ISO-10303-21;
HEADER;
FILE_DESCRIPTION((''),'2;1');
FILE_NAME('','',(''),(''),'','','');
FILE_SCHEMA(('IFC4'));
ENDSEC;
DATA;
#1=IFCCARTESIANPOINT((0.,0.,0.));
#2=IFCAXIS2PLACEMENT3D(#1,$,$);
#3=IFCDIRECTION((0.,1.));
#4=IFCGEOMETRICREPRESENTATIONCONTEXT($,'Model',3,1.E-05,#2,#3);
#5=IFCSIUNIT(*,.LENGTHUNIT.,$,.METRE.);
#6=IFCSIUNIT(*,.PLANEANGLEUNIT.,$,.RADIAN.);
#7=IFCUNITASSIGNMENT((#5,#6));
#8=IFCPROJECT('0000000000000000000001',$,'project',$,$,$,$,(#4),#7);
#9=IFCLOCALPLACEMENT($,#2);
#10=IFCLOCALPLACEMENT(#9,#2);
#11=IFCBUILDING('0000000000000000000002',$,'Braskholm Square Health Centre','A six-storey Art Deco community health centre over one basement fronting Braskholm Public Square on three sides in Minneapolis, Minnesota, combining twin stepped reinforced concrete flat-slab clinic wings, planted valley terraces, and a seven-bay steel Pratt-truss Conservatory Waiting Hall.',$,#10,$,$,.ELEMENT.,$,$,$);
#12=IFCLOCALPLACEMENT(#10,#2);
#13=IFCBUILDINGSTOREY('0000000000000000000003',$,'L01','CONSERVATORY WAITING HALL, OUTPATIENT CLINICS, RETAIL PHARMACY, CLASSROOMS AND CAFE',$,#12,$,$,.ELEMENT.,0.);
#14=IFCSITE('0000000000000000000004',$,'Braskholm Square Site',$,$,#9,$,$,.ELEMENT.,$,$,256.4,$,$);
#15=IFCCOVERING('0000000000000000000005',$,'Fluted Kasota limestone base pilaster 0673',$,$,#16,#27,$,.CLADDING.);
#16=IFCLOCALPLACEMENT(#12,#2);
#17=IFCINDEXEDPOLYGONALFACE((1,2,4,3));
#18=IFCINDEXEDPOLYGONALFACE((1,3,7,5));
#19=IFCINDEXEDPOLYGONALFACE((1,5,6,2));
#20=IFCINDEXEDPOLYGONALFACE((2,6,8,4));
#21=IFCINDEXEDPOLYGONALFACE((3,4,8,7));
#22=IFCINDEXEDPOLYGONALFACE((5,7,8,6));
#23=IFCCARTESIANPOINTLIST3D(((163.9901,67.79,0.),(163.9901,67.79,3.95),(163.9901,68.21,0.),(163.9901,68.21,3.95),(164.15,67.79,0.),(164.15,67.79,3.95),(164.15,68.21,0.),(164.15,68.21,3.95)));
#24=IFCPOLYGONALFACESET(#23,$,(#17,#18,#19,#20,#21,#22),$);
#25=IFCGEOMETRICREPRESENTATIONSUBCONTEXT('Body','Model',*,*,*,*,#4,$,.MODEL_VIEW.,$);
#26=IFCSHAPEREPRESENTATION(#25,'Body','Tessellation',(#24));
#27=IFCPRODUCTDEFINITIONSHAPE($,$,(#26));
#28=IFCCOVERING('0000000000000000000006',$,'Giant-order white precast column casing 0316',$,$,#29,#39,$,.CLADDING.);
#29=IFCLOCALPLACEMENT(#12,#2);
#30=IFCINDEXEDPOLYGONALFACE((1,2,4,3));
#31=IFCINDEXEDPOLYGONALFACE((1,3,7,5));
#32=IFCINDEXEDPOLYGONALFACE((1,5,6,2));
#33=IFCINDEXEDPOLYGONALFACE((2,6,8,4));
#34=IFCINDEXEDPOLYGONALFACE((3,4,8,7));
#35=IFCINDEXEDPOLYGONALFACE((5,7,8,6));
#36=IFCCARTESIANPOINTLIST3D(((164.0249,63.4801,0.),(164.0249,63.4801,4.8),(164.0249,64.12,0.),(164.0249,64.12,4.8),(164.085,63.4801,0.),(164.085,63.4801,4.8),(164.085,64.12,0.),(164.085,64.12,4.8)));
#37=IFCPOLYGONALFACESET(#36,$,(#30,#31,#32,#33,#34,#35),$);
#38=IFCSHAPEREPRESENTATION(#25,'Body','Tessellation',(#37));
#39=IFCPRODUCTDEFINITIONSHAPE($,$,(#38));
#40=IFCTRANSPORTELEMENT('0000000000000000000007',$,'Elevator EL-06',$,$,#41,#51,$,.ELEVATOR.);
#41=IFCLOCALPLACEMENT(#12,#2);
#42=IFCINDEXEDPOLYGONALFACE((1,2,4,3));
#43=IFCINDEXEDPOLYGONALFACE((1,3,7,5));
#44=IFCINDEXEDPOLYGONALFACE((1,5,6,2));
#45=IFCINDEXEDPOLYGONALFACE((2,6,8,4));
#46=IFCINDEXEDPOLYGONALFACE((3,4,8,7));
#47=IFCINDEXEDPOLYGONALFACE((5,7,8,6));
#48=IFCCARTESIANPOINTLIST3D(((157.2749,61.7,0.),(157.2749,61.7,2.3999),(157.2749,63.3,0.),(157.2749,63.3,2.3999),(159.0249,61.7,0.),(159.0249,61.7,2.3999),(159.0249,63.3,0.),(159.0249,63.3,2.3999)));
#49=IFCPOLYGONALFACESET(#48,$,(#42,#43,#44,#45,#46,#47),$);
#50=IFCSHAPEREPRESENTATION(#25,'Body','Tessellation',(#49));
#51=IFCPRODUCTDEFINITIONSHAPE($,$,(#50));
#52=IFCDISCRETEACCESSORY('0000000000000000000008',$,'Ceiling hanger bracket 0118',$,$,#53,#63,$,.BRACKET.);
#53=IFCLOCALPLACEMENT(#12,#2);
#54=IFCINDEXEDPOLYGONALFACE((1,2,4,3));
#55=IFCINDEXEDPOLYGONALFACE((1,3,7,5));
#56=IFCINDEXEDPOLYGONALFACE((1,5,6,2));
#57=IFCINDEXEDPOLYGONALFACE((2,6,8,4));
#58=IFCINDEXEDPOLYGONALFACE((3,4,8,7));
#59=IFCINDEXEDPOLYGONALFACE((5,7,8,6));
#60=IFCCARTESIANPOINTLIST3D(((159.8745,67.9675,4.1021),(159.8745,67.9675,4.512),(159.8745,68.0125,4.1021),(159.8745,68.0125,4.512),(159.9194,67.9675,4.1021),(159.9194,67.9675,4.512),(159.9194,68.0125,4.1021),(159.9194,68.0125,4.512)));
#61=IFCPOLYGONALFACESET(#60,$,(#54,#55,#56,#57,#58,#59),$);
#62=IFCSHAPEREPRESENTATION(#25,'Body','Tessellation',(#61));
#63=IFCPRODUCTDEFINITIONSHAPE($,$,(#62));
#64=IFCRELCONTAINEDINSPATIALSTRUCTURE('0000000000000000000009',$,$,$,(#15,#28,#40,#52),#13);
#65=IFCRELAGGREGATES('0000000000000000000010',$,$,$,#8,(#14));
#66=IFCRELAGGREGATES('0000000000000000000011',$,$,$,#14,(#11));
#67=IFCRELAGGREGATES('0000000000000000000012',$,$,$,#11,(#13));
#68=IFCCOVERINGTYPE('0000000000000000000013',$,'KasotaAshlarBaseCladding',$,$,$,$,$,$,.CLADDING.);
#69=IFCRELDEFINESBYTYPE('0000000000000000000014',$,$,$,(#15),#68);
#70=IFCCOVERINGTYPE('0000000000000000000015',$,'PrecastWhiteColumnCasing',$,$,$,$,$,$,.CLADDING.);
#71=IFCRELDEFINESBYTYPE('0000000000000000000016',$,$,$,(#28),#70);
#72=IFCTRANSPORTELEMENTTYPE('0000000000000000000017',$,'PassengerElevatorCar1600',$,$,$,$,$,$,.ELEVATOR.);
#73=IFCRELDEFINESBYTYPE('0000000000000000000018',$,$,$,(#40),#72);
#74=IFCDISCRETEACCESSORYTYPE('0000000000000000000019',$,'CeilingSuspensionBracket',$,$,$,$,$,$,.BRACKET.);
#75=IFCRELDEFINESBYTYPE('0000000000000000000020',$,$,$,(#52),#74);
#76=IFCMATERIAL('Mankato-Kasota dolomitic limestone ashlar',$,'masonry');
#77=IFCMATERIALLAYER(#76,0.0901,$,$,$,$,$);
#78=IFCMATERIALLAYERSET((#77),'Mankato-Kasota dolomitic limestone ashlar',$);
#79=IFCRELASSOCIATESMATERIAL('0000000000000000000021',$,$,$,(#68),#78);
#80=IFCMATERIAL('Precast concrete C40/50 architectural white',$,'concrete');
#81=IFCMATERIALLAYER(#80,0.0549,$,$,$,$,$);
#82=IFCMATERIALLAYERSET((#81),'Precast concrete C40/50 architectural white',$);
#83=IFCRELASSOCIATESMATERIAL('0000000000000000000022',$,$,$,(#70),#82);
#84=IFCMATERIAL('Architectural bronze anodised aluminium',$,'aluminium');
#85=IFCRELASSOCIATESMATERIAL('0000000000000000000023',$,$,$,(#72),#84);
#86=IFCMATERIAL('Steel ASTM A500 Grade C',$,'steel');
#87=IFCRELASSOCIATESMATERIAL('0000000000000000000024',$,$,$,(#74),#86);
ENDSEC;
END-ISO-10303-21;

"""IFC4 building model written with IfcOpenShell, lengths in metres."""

from ifc_helpers import new_model, si_unit, direction, frame, origin, origin_2d, place, context, subcontext, project, spatial, rectangle, extrude, material, layer, layer_set, type_object, element, save


model = new_model("IFC4")

# Units and contexts
model_context = context("Model", 3, precision=1e-05, world=origin(), true_north=direction((0.0, 1.0)))
body_context = subcontext(model_context, "Body", "Model", "MODEL_VIEW")
ifc_project = project(units=[si_unit("LENGTHUNIT", "METRE"), si_unit("PLANEANGLEUNIT", "RADIAN")], contexts=[model_context])

# Site, building, storey
site_placement = place(None, origin())
site = spatial("IfcSite", under=ifc_project, at=site_placement, Name="Braskholm Square Site", CompositionType="ELEMENT", RefElevation=256.4)
building_placement = place(site_placement, origin())
building = spatial("IfcBuilding", under=site, at=building_placement, Name="Braskholm Square Health Centre", Description="A six-storey Art Deco community health centre over one basement fronting Braskholm Public Square on three sides in Minneapolis, Minnesota, combining twin stepped reinforced concrete flat-slab clinic wings, planted valley terraces, and a seven-bay steel Pratt-truss Conservatory Waiting Hall.", CompositionType="ELEMENT")
storey_placement = place(building_placement, origin())
storey = spatial("IfcBuildingStorey", under=building, at=storey_placement, Name="L01", Description="CONSERVATORY WAITING HALL, OUTPATIENT CLINICS, RETAIL PHARMACY, CLASSROOMS AND CAFE", CompositionType="ELEMENT", Elevation=0.0)

# Shared definitions
ifc_material_1 = material(Name="Precast concrete C40/50 architectural white", Category="concrete")

# Shared definitions
ifc_material_2 = material(Name="Architectural bronze anodised aluminium", Category="aluminium")

# Coverings
ifc_material_3 = material(Name="Mankato-Kasota dolomitic limestone ashlar", Category="masonry")
ifc_layer_1 = layer(ifc_material_3, 0.0901)
ifc_layer_set_1 = layer_set([ifc_layer_1], Name="Mankato-Kasota dolomitic limestone ashlar")
covering_type_1 = type_object("IfcCoveringType", Name="KasotaAshlarBaseCladding", PredefinedType="CLADDING", material=ifc_layer_set_1)
covering_1_placement = place(storey_placement, frame((164.0701, 68.0, 0.0), z_axis=(0.0, 0.0, 1.0), x_axis=(1.0, 0.0, 0.0)))
element("IfcCovering", 1, at=covering_1_placement, inside=storey, type_object=covering_type_1, Name="Fluted Kasota limestone base pilaster 0673", PredefinedType="CLADDING", context=body_context, shape_type="SweptSolid", body=[
    extrude(rectangle(XDim=0.1599, YDim=0.4199, at=origin_2d()), origin(), (0.0, 0.0, 1.0), 3.95),
])
ifc_layer_2 = layer(ifc_material_1, 0.0549)
ifc_layer_set_2 = layer_set([ifc_layer_2], Name="Precast concrete C40/50 architectural white")
covering_type_2 = type_object("IfcCoveringType", Name="PrecastWhiteColumnCasing", PredefinedType="CLADDING", material=ifc_layer_set_2)
covering_2_placement = place(storey_placement, frame((164.0549, 63.8, 0.0), z_axis=(0.0, 0.0, 1.0), x_axis=(1.0, 0.0, 0.0)))
element("IfcCovering", 2, at=covering_2_placement, inside=storey, type_object=covering_type_2, Name="Giant-order white precast column casing 0316", PredefinedType="CLADDING", context=body_context, shape_type="SweptSolid", body=[
    extrude(rectangle(XDim=0.0601, YDim=0.6399, at=origin_2d()), origin(), (0.0, 0.0, 1.0), 4.8),
])

# Transport element
transport_element_type = type_object("IfcTransportElementType", Name="PassengerElevatorCar1600", PredefinedType="ELEVATOR", material=ifc_material_2)
transport_element_placement = place(storey_placement, frame((158.1499, 62.5, 0.0), z_axis=(0.0, 0.0, 1.0), x_axis=(1.0, 0.0, 0.0)))
element("IfcTransportElement", 3, at=transport_element_placement, inside=storey, type_object=transport_element_type, Name="Elevator EL-06", PredefinedType="ELEVATOR", context=body_context, shape_type="SweptSolid", body=[
    extrude(rectangle(XDim=1.75, YDim=1.6001, at=origin_2d()), origin(), (0.0, 0.0, 1.0), 2.3999),
])

# Discrete accessory
ifc_material_4 = material(Name="Steel ASTM A500 Grade C", Category="steel")
discrete_accessory_type = type_object("IfcDiscreteAccessoryType", Name="CeilingSuspensionBracket", PredefinedType="BRACKET", material=ifc_material_4)
discrete_accessory_placement = place(storey_placement, frame((159.897, 67.99, 4.1021), z_axis=(0.0, 0.0, 1.0), x_axis=(1.0, 0.0, 0.0)))
element("IfcDiscreteAccessory", 4, at=discrete_accessory_placement, inside=storey, type_object=discrete_accessory_type, Name="Ceiling hanger bracket 0118", PredefinedType="BRACKET", context=body_context, shape_type="SweptSolid", body=[
    extrude(rectangle(XDim=0.0449, YDim=0.0449, at=origin_2d()), origin(), (0.0, 0.0, 1.0), 0.4099),
])

save(model, "model.ifc")
